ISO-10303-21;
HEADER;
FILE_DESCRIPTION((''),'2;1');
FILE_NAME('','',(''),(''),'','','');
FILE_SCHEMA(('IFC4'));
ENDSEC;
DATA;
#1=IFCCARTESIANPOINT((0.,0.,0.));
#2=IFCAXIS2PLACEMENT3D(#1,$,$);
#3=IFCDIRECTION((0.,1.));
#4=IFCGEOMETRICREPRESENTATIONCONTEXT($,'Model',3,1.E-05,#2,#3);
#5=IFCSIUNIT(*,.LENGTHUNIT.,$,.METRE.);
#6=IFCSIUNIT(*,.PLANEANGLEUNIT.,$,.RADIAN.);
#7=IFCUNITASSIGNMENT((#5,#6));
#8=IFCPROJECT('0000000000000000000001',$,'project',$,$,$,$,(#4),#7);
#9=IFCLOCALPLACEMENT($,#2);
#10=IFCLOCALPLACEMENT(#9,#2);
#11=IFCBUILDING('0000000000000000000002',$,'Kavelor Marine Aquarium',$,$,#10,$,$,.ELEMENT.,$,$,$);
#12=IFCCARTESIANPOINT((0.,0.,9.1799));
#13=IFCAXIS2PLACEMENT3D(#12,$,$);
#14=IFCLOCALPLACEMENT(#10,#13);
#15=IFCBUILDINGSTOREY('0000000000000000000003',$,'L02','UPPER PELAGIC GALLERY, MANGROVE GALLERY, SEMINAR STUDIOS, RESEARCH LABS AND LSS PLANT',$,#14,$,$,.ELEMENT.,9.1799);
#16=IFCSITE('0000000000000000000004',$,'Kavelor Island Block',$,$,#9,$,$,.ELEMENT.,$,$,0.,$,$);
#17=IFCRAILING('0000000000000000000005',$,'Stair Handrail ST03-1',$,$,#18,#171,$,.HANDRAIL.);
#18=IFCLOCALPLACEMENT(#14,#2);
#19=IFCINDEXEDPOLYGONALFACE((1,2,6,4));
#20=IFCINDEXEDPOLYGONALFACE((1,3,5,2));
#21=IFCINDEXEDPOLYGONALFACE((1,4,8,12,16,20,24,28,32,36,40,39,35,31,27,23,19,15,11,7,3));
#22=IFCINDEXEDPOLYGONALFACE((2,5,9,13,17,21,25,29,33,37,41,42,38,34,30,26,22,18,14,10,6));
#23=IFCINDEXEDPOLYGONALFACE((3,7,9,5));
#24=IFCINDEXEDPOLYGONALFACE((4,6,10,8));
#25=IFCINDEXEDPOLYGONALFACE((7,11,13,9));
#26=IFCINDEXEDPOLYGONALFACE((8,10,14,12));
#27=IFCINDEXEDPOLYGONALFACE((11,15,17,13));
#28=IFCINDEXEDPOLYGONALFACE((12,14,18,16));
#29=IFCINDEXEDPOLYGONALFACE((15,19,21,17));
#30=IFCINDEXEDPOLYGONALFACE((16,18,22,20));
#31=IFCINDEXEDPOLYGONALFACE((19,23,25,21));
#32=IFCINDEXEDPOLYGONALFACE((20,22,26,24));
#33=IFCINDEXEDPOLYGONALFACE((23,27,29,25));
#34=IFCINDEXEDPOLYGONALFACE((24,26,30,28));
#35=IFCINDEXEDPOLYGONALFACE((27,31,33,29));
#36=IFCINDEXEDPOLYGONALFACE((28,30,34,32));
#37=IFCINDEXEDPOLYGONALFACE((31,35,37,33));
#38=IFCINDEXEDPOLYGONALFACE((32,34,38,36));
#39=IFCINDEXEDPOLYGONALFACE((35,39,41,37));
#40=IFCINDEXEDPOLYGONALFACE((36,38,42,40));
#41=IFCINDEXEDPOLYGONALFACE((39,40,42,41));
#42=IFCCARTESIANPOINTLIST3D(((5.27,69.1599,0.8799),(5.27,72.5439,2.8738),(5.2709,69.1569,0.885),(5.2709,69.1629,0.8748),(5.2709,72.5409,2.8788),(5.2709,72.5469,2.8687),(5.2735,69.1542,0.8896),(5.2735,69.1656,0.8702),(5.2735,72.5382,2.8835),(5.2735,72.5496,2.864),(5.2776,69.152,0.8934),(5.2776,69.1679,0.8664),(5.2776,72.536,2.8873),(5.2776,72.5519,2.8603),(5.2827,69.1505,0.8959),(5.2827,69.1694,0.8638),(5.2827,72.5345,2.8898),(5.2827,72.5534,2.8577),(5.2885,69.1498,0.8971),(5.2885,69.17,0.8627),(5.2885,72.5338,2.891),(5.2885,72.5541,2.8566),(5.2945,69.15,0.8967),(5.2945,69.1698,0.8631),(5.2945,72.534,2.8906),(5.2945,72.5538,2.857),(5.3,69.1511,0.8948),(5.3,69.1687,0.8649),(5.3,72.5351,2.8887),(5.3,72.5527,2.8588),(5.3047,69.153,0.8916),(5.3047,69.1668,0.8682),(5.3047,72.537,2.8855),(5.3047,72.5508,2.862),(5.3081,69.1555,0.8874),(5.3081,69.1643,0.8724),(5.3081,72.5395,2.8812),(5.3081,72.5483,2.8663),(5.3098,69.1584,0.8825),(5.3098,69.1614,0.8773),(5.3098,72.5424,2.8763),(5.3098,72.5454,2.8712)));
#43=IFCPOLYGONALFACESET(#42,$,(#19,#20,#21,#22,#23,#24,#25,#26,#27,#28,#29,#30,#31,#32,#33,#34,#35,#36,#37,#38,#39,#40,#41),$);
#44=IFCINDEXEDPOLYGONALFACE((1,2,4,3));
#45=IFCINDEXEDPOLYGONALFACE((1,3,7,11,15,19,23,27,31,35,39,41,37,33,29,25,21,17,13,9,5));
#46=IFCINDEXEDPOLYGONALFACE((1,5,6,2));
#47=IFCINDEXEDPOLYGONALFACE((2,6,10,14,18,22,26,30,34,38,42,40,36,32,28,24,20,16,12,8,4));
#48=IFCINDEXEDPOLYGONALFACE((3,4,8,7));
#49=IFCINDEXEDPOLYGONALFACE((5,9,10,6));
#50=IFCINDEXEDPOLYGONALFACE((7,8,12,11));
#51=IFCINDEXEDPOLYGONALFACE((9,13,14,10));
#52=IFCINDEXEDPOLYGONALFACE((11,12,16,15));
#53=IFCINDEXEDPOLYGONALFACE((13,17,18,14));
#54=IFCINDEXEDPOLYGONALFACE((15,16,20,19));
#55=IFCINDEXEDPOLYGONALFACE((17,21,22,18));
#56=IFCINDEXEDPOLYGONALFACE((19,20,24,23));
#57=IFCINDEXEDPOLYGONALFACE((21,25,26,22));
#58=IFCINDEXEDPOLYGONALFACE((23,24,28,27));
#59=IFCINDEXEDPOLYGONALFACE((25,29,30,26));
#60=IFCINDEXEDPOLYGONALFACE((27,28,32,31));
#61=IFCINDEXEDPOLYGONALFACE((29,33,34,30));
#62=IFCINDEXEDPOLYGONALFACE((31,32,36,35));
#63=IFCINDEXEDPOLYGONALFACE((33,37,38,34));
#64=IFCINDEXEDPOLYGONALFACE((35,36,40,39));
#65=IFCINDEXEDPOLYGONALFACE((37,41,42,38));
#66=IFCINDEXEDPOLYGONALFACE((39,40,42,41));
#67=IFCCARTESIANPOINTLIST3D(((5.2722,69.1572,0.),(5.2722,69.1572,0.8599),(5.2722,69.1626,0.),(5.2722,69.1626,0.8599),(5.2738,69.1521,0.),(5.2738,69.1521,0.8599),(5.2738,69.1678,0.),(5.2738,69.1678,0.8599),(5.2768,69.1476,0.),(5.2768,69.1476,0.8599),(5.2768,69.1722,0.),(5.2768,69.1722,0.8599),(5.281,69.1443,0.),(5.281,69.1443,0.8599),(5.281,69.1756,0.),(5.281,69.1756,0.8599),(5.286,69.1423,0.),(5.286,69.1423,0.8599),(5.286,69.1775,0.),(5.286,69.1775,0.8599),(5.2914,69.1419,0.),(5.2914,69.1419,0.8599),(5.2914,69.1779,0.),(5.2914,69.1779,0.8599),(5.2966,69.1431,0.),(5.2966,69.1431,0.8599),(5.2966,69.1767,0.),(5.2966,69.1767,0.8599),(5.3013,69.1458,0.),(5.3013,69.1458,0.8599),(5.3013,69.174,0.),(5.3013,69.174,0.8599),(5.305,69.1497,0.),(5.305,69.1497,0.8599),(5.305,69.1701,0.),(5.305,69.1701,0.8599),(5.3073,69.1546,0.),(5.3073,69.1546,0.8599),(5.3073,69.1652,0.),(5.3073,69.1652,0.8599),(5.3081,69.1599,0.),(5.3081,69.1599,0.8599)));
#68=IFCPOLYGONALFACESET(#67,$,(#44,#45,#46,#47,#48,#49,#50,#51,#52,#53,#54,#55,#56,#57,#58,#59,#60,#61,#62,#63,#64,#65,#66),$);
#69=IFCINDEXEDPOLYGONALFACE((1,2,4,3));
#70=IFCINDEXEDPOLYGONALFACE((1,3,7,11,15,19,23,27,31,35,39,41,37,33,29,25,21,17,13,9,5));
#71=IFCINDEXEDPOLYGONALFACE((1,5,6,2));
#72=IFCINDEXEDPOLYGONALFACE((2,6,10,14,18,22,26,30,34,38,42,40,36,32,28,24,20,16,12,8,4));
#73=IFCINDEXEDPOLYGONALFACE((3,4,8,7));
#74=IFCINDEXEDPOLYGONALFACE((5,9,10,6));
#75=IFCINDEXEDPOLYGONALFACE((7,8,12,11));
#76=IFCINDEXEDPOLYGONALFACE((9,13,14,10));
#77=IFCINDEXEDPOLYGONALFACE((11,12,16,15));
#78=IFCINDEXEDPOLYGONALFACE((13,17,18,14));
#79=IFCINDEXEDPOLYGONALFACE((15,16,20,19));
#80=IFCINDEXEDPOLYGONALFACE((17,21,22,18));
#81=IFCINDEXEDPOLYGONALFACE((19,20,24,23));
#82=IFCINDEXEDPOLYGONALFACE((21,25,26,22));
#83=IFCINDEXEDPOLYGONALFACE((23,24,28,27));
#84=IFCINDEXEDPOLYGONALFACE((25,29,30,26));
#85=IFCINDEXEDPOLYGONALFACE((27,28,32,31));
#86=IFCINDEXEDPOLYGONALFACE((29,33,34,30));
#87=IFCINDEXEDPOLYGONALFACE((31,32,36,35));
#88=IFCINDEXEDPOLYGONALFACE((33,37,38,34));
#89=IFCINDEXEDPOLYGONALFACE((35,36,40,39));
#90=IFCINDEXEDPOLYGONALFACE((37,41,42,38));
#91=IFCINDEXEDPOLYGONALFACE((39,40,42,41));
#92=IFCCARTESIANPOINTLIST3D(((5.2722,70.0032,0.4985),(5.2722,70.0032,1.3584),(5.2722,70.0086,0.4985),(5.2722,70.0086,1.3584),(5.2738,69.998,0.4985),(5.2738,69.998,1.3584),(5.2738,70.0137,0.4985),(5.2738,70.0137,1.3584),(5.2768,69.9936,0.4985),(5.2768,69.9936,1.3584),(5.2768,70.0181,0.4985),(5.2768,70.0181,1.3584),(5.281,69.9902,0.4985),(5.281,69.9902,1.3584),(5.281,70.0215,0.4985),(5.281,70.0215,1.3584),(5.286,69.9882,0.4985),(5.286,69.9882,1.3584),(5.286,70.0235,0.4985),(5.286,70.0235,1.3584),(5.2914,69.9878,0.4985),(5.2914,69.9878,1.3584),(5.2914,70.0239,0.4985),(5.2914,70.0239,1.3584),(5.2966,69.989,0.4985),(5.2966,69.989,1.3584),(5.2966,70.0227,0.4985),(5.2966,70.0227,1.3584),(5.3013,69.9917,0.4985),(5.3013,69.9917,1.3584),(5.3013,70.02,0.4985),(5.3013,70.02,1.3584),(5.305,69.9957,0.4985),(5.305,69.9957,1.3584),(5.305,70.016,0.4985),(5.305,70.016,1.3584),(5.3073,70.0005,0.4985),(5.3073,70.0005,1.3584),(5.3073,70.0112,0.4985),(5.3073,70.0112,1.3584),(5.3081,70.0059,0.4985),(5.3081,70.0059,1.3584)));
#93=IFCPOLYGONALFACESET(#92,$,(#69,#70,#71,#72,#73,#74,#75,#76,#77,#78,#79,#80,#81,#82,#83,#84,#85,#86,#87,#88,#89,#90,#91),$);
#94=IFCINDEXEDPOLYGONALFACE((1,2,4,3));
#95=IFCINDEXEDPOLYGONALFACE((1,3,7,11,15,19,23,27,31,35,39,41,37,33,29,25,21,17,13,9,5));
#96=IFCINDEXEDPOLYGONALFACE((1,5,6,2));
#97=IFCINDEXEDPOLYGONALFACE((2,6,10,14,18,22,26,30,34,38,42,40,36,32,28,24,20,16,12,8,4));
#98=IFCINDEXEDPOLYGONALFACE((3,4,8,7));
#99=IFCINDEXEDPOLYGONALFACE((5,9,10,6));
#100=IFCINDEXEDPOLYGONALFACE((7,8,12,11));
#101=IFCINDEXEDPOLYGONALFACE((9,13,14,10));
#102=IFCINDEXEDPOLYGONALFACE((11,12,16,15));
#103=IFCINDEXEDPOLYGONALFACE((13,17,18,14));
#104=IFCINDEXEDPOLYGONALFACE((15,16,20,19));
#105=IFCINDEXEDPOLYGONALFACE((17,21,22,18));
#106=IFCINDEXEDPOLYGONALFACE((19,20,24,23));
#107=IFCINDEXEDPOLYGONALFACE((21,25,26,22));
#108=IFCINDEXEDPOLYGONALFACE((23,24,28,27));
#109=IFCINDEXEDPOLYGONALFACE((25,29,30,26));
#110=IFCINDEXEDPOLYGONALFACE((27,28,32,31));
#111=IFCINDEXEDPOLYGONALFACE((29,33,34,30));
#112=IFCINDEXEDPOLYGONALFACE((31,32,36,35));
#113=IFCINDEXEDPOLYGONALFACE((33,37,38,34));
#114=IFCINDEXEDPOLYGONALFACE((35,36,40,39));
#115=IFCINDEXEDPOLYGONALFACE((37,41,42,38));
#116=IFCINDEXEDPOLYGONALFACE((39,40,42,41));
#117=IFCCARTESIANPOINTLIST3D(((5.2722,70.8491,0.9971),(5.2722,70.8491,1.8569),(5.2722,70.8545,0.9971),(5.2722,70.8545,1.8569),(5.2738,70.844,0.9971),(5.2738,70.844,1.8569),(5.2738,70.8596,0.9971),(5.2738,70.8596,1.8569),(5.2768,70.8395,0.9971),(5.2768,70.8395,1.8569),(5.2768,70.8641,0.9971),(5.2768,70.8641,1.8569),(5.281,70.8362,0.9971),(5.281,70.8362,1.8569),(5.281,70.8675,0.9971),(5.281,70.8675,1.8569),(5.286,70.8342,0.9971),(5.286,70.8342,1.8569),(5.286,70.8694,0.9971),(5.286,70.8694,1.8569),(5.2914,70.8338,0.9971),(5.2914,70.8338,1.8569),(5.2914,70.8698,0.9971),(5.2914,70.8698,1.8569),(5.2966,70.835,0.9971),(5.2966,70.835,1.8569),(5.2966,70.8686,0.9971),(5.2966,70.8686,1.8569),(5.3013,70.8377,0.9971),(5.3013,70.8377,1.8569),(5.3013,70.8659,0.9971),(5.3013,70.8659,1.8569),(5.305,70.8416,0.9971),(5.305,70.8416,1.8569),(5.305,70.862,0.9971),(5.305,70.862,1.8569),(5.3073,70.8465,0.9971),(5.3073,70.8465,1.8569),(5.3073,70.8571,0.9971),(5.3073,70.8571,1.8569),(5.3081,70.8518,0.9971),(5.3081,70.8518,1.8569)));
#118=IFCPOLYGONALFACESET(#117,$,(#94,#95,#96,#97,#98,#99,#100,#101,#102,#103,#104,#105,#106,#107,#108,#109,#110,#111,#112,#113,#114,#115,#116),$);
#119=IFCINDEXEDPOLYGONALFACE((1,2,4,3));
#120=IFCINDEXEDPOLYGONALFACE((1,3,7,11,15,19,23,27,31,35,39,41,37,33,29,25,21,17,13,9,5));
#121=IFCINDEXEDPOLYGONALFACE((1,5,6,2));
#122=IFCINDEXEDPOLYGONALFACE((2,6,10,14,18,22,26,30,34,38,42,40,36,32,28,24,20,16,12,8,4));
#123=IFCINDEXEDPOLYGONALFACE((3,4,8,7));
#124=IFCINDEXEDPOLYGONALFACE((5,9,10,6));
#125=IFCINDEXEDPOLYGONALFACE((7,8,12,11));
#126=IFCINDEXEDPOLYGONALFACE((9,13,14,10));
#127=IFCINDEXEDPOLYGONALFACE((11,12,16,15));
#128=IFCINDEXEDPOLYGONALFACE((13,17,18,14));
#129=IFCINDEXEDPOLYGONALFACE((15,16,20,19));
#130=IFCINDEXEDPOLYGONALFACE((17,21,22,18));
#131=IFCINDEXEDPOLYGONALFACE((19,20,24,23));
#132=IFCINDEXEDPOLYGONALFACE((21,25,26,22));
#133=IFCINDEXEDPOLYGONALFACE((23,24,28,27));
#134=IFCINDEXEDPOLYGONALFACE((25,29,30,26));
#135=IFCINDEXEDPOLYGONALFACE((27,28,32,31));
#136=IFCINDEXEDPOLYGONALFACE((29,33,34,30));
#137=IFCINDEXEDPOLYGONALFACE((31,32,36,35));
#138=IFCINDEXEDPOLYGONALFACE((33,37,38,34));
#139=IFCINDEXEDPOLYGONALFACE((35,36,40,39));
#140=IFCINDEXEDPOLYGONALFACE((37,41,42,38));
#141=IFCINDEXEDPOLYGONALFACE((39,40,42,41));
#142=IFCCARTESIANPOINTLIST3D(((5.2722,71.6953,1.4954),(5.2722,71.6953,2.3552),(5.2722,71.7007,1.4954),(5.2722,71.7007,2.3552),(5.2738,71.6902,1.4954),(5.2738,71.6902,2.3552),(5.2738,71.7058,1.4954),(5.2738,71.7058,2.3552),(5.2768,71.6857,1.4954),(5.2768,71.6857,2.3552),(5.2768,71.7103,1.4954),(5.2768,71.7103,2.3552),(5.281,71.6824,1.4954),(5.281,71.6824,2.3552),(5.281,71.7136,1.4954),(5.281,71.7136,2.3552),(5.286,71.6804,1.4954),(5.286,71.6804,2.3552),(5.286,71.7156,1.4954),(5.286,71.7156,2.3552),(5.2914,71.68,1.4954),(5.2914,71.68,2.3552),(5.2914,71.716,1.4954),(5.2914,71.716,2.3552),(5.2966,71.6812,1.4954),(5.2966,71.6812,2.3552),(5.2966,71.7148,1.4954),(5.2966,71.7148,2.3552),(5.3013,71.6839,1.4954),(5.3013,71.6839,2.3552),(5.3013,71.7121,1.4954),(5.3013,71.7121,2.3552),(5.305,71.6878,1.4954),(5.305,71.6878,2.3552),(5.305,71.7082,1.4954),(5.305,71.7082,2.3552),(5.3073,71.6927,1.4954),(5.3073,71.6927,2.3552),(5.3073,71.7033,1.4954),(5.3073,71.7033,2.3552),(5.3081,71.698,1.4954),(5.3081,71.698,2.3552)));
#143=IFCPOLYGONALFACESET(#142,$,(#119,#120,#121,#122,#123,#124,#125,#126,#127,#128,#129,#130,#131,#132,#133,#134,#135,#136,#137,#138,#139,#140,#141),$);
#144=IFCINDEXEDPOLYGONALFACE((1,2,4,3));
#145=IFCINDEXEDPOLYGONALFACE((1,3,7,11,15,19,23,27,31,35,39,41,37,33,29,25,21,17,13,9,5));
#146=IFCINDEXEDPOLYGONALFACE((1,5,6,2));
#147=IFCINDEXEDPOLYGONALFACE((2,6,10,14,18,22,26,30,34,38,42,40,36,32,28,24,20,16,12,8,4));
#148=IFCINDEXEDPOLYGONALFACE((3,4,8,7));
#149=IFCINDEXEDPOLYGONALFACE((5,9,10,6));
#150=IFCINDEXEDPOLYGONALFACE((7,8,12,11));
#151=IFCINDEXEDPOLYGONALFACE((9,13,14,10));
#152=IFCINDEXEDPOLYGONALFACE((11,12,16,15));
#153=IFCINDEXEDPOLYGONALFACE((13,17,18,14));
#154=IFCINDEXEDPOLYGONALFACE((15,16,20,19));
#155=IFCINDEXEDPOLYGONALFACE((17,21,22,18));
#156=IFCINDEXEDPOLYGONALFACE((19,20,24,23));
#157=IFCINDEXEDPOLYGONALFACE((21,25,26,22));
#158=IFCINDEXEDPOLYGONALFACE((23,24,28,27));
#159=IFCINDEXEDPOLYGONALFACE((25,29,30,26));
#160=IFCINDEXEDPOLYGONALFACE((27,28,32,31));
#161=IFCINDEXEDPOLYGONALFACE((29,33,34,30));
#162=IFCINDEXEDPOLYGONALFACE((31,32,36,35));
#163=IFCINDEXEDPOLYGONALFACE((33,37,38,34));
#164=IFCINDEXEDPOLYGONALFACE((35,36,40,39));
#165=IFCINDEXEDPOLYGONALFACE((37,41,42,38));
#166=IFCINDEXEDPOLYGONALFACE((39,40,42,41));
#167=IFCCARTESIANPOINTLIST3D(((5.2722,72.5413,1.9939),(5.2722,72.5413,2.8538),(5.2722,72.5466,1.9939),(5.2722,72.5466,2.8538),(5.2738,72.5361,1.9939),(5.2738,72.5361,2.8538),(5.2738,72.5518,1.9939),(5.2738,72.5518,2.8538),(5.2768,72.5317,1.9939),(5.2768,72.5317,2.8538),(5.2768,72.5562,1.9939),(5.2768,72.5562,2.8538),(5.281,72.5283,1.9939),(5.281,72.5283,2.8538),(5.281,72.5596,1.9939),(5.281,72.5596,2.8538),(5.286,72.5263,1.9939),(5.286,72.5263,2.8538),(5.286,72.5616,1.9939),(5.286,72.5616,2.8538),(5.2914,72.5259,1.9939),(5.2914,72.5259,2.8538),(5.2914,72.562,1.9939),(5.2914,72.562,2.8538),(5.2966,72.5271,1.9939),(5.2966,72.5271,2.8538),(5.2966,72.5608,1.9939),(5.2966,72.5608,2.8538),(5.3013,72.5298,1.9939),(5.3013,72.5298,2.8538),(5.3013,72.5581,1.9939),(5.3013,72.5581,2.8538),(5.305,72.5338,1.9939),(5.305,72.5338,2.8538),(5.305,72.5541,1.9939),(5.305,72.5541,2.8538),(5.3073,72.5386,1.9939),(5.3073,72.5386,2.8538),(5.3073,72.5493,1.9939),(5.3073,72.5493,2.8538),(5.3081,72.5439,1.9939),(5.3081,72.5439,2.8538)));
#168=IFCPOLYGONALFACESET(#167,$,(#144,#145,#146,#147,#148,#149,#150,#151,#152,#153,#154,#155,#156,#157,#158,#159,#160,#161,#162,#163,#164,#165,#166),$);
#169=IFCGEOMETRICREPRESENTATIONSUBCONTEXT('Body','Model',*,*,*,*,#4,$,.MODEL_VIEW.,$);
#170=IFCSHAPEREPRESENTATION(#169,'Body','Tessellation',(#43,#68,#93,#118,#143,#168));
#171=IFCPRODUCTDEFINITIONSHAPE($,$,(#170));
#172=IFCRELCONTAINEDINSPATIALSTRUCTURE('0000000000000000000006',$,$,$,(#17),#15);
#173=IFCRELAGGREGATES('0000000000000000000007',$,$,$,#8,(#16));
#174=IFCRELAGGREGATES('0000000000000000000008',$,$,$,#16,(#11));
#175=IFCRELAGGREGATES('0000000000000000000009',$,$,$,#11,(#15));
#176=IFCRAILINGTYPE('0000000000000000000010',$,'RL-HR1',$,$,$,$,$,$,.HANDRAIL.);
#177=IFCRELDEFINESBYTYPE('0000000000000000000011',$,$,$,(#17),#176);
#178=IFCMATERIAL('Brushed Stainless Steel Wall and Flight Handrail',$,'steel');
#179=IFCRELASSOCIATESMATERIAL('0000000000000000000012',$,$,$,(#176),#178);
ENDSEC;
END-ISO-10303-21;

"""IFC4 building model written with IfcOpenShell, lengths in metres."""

from ifc_helpers import new_model, si_unit, direction, frame, origin, origin_2d, place, context, subcontext, project, spatial, circle, extrude, material, type_object, element, save


model = new_model("IFC4")

# Units and contexts
model_context = context("Model", 3, precision=1e-05, world=origin(), true_north=direction((0.0, 1.0)))
body_context = subcontext(model_context, "Body", "Model", "MODEL_VIEW")
ifc_project = project(units=[si_unit("LENGTHUNIT", "METRE"), si_unit("PLANEANGLEUNIT", "RADIAN")], contexts=[model_context])

# Site, building, storey
site_placement = place(None, origin())
site = spatial("IfcSite", under=ifc_project, at=site_placement, Name="Kavelor Island Block", CompositionType="ELEMENT", RefElevation=0.0)
building_placement = place(site_placement, origin())
building = spatial("IfcBuilding", under=site, at=building_placement, Name="Kavelor Marine Aquarium", CompositionType="ELEMENT")
storey_placement = place(building_placement, frame((0.0, 0.0, 9.1799)))
storey = spatial("IfcBuildingStorey", under=building, at=storey_placement, Name="L02", Description="UPPER PELAGIC GALLERY, MANGROVE GALLERY, SEMINAR STUDIOS, RESEARCH LABS AND LSS PLANT", CompositionType="ELEMENT", Elevation=9.1799)

# Railing
ifc_material_1 = material(Name="Brushed Stainless Steel Wall and Flight Handrail", Category="steel")
railing_type_1 = type_object("IfcRailingType", Name="RL-HR1", PredefinedType="HANDRAIL", material=ifc_material_1)
railing_1_placement = place(storey_placement, frame((5.29, 69.1599, 0.0)))
element("IfcRailing", 1, at=railing_1_placement, inside=storey, type_object=railing_type_1, Name="Stair Handrail ST03-1", PredefinedType="HANDRAIL", context=body_context, shape_type="SweptSolid", body=[
    extrude(circle(Radius=0.02, at=origin_2d()), frame((0.0, 0.0, 0.8799), z_axis=(0.0, 0.861568, 0.507642), x_axis=(-1.0, 0.0, 0.0)), (0.0, 0.0, 1.0), 3.9277),
    extrude(circle(Radius=0.0181, at=origin_2d()), origin(), (0.0, 0.0, 1.0), 0.8599),
    extrude(circle(Radius=0.0181, at=origin_2d()), frame((0.0, 0.8459, 0.4985)), (0.0, 0.0, 1.0), 0.8599),
    extrude(circle(Radius=0.0181, at=origin_2d()), frame((0.0, 1.6919, 0.9971)), (0.0, 0.0, 1.0), 0.8599),
    extrude(circle(Radius=0.0181, at=origin_2d()), frame((0.0, 2.5381, 1.4954)), (0.0, 0.0, 1.0), 0.8599),
    extrude(circle(Radius=0.0181, at=origin_2d()), frame((0.0, 3.384, 1.9939)), (0.0, 0.0, 1.0), 0.8599),
])

save(model, "model.ifc")
